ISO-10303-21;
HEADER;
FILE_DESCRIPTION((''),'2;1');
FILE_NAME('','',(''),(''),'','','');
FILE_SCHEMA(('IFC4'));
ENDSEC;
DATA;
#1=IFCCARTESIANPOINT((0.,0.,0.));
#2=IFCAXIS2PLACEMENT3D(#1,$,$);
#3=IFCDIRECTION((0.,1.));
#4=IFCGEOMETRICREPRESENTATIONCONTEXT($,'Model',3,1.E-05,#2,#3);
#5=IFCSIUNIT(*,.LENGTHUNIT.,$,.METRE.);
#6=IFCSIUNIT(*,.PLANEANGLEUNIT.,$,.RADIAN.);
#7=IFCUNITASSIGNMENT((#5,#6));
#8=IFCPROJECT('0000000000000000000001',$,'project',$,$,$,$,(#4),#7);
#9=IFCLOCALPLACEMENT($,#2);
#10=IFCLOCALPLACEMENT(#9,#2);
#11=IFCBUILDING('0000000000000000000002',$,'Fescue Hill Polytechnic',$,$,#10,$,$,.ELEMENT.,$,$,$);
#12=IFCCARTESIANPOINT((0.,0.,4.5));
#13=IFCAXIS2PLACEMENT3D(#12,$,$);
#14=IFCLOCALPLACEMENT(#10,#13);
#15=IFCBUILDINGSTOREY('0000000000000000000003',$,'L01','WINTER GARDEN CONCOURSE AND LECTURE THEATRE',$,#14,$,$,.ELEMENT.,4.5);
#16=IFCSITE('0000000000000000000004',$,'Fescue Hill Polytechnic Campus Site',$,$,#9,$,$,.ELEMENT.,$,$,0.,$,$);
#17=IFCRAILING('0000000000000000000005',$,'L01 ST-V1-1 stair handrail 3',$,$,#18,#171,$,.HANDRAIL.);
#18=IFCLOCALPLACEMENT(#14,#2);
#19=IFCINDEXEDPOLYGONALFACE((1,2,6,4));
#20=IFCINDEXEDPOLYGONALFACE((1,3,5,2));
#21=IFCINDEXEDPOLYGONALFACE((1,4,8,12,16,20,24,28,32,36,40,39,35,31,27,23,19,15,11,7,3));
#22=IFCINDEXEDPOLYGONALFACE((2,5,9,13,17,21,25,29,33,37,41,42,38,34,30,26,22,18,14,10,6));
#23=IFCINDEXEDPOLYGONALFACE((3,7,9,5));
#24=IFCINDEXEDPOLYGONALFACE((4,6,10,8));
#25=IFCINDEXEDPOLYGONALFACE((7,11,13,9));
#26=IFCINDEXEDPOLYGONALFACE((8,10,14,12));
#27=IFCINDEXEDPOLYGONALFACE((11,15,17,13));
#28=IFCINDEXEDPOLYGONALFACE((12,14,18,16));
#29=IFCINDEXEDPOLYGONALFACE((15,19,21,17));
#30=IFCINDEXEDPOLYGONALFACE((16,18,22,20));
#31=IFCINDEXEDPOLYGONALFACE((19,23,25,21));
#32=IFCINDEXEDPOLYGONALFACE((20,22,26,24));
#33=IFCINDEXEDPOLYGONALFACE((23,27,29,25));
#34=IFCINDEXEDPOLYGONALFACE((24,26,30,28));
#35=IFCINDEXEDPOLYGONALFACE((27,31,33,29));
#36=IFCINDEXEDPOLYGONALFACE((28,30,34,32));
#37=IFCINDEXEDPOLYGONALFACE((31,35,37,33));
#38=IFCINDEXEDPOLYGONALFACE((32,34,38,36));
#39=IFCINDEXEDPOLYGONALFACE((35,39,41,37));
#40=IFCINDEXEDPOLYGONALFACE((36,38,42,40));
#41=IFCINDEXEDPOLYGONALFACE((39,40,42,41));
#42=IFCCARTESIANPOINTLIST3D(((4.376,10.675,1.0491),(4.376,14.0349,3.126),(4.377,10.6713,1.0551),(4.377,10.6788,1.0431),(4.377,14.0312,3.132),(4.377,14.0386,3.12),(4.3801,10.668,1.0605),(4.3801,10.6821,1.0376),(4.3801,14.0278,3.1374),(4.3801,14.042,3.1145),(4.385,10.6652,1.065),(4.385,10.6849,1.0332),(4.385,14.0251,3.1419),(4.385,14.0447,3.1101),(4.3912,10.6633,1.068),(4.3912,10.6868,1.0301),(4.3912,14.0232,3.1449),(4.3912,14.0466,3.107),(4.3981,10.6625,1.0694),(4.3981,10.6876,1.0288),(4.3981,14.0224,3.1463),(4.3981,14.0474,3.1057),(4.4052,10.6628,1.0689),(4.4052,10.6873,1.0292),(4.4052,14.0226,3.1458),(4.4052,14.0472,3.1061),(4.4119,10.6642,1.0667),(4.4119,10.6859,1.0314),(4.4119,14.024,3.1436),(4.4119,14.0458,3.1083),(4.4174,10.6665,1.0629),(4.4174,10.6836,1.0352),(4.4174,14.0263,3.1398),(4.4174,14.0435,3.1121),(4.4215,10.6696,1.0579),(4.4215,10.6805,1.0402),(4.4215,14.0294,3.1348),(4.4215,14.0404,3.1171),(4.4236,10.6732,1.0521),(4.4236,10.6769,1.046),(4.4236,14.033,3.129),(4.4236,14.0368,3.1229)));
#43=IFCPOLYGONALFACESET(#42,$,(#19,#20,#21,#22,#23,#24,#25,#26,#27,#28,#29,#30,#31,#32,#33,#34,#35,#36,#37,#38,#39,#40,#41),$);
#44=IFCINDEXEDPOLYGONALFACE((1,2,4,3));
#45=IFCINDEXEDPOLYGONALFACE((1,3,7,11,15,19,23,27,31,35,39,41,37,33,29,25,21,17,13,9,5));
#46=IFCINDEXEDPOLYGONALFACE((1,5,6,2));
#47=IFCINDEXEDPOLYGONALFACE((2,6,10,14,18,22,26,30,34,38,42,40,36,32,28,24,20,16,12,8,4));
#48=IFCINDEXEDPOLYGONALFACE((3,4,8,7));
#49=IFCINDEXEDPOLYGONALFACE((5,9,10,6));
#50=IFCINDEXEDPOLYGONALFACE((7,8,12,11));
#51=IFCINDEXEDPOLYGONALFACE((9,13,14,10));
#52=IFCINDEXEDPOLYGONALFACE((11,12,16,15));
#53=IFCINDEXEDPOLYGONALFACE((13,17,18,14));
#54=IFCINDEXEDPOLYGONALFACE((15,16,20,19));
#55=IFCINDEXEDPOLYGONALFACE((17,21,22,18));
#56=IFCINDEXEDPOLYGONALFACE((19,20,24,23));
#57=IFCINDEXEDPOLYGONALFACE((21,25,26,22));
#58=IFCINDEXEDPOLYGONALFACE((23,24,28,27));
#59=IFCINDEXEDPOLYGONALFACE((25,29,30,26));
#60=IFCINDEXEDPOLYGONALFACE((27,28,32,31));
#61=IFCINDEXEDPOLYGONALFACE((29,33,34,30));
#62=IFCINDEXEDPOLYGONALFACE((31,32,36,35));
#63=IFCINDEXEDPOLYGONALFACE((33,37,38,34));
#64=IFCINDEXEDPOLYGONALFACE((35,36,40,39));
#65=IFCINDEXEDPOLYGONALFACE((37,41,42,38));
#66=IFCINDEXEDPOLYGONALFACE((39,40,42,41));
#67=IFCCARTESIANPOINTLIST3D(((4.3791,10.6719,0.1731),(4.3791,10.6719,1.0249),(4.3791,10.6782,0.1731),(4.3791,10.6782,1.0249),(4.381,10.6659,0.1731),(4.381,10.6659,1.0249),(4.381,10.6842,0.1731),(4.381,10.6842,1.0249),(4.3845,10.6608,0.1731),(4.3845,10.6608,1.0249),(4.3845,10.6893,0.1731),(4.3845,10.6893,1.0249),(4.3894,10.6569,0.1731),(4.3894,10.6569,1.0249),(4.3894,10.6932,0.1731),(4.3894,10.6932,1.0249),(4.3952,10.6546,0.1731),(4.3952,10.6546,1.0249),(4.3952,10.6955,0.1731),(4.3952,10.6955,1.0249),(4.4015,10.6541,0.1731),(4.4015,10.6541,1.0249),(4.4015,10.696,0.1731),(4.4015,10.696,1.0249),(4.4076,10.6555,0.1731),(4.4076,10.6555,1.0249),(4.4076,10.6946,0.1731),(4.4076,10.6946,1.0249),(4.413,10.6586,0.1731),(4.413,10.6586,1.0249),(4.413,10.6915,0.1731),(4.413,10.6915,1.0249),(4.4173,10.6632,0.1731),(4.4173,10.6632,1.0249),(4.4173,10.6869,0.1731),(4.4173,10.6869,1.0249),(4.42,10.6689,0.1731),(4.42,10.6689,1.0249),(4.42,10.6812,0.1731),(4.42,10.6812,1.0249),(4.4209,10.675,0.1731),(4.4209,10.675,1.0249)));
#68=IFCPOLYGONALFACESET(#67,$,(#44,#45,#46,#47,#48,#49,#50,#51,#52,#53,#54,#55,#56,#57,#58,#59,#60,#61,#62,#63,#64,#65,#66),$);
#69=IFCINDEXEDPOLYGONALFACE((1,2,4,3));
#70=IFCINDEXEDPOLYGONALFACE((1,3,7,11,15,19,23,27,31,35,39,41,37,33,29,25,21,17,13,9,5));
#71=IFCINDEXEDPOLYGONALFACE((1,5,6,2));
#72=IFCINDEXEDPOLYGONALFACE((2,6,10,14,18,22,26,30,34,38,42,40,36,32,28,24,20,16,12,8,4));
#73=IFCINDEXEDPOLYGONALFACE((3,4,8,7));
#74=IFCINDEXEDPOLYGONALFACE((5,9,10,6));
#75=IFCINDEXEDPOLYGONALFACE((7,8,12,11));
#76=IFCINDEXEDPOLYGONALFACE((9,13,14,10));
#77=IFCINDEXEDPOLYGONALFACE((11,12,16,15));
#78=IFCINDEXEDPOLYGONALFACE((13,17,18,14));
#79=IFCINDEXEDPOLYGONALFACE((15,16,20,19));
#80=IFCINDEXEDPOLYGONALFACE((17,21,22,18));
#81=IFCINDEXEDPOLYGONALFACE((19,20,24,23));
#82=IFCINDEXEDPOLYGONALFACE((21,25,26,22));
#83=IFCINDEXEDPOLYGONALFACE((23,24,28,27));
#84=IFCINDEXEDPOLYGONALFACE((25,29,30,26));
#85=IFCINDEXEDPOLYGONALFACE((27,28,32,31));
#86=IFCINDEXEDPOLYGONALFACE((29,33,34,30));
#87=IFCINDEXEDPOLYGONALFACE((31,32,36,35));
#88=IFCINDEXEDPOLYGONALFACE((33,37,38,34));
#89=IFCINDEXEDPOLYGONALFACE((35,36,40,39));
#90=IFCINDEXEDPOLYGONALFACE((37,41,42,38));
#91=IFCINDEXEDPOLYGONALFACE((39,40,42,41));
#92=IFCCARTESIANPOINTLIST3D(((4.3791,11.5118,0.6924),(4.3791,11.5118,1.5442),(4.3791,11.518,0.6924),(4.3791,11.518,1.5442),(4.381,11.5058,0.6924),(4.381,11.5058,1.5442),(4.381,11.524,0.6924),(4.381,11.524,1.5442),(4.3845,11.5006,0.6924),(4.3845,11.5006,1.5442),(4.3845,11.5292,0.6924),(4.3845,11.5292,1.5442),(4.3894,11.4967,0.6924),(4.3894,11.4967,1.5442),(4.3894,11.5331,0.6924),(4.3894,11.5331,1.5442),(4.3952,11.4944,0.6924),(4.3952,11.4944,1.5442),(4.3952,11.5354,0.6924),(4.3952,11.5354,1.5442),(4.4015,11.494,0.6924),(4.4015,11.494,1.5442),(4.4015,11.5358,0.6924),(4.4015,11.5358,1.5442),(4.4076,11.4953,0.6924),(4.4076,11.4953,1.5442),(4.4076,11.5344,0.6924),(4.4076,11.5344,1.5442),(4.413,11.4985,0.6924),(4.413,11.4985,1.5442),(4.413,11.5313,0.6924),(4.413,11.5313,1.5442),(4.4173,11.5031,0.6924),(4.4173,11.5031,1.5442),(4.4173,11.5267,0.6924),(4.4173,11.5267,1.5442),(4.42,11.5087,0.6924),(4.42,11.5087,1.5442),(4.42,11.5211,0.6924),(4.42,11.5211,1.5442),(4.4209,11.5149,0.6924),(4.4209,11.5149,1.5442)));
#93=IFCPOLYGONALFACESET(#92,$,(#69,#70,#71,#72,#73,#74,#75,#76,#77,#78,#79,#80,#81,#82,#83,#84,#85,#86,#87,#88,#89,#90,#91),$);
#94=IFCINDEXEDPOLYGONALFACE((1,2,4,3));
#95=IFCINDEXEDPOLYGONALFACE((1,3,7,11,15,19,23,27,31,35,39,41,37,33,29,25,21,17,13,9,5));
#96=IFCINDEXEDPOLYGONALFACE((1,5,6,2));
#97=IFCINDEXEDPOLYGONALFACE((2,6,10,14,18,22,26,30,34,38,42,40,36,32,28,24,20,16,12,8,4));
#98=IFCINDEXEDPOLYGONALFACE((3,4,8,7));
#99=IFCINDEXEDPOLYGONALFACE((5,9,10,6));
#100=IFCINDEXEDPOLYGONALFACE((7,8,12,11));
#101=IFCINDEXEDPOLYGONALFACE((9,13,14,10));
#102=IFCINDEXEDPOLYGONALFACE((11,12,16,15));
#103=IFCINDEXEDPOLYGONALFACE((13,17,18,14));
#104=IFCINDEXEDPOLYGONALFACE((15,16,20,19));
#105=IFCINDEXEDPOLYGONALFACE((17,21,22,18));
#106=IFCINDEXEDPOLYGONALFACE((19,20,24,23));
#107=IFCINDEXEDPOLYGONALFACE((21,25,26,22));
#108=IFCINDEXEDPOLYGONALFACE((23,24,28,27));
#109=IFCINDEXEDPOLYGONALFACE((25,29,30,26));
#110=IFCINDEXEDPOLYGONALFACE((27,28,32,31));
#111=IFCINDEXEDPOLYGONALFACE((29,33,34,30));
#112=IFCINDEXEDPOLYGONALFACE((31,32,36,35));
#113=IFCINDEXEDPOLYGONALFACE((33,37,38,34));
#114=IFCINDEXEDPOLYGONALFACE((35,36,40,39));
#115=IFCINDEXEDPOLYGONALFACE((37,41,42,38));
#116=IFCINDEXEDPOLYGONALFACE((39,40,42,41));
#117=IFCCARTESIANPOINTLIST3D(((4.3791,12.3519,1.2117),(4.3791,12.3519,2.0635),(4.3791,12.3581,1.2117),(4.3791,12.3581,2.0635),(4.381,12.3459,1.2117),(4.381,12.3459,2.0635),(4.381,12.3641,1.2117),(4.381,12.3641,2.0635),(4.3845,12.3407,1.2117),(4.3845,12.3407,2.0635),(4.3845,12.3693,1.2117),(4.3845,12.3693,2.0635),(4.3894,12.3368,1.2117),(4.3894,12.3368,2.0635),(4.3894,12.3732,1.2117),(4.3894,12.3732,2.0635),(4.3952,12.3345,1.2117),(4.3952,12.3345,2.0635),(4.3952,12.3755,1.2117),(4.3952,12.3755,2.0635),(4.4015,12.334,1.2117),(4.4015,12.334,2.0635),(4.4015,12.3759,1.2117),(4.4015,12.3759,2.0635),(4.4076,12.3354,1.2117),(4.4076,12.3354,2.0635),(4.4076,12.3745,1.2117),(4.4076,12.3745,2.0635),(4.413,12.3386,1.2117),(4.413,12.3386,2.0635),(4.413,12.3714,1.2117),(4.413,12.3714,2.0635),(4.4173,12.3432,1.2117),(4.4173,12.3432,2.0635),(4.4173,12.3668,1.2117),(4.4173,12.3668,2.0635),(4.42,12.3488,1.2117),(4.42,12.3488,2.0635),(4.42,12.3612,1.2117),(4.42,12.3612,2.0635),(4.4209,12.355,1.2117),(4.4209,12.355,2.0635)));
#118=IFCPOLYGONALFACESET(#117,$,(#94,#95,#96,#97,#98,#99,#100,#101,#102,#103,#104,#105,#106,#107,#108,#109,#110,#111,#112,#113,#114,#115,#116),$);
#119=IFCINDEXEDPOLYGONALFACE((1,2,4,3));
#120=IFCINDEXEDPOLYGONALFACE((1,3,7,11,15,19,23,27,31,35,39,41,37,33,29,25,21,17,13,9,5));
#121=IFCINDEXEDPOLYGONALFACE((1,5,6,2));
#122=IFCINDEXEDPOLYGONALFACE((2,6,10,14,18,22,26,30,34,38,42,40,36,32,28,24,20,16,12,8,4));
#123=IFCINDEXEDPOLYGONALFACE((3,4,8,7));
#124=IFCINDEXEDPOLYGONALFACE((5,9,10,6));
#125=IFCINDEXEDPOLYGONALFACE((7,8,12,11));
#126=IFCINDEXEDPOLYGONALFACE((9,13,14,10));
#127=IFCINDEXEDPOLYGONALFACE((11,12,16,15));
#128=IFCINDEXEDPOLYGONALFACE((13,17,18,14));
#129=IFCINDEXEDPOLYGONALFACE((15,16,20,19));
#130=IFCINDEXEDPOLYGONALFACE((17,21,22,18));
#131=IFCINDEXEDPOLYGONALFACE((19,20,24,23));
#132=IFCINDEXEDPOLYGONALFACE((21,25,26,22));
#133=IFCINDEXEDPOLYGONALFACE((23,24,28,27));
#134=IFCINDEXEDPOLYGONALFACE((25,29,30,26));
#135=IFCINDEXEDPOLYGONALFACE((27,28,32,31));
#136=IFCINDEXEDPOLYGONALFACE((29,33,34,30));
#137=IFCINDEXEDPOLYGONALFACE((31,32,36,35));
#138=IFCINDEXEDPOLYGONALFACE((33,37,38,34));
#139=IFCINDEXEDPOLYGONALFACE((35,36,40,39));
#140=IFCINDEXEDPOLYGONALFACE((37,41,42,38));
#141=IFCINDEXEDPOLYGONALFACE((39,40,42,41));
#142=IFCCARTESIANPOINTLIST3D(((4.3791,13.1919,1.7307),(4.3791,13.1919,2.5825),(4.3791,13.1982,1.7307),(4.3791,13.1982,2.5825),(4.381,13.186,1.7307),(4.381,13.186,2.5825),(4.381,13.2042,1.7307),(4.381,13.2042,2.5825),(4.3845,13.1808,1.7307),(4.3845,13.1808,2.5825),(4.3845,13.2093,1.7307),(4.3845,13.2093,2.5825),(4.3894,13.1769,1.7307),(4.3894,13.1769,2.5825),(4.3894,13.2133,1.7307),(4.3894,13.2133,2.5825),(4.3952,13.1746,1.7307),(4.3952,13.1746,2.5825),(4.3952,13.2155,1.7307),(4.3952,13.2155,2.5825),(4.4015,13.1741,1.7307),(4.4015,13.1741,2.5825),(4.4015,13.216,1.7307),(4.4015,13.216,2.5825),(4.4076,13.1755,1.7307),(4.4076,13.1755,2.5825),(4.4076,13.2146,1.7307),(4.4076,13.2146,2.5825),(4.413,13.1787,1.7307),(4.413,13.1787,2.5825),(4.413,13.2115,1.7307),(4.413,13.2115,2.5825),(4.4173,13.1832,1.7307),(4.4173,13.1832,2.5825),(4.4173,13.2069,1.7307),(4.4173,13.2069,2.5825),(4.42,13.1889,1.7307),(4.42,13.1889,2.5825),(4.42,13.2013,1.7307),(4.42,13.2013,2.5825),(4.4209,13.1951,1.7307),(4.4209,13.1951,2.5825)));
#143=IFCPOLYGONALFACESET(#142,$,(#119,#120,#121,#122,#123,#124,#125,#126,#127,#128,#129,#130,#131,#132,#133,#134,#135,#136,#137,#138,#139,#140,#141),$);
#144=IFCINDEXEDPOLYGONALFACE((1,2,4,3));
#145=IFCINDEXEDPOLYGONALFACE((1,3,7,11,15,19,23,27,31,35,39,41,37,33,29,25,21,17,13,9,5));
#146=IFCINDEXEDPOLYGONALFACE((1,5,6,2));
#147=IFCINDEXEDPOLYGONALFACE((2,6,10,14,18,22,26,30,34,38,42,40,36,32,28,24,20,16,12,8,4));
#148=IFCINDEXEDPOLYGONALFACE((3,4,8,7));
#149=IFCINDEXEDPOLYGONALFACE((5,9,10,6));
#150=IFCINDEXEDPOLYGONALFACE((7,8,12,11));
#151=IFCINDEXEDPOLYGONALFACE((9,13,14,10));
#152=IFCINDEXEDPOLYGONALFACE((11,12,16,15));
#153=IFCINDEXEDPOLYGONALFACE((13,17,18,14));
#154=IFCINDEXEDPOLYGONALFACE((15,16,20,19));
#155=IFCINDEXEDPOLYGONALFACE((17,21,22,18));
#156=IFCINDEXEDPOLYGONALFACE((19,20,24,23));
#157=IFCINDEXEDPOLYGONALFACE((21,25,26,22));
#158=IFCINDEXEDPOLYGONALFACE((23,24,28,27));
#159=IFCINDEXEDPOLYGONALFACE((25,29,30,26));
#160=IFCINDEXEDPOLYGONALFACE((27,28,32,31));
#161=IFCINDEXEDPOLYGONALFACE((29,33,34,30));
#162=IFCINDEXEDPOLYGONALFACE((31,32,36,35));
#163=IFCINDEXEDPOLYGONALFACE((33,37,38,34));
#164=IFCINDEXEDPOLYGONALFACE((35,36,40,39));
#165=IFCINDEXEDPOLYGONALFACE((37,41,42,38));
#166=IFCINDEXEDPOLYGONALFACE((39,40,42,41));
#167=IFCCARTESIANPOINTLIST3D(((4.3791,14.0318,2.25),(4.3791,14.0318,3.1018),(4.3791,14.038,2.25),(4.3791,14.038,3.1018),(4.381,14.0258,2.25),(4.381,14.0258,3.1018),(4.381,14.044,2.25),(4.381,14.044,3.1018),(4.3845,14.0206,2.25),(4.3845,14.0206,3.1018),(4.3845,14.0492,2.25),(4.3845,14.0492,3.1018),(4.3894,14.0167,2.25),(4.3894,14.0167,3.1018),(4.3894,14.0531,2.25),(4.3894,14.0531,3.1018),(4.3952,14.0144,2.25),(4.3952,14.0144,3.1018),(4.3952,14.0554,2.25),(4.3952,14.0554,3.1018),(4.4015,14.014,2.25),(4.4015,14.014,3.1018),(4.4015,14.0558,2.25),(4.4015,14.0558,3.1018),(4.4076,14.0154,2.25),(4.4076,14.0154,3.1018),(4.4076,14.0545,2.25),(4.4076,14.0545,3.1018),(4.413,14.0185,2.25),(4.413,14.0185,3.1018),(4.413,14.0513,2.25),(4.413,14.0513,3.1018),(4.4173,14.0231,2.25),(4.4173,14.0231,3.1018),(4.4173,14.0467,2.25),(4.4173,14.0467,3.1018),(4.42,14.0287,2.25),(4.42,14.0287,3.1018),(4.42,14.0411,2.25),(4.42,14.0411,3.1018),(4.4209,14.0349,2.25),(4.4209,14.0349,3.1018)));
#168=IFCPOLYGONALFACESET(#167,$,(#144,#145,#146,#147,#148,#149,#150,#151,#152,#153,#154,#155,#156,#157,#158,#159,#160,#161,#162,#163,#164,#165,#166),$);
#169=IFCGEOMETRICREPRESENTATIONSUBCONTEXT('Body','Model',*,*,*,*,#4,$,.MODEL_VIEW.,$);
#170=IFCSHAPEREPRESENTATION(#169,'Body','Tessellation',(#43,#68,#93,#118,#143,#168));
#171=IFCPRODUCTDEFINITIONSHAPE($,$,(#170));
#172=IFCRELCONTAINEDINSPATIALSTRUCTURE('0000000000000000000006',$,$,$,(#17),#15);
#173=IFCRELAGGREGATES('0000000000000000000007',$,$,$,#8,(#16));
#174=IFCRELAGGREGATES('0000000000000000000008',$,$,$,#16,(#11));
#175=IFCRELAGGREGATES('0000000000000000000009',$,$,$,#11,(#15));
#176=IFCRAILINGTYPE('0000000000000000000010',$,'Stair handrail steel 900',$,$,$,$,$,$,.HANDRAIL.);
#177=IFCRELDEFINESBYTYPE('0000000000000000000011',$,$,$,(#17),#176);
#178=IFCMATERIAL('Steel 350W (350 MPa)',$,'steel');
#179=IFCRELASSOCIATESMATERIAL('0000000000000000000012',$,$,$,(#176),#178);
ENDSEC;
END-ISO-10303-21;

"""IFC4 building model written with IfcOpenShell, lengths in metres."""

from ifc_helpers import new_model, si_unit, direction, frame, origin, origin_2d, place, context, subcontext, project, spatial, circle, extrude, material, type_object, element, save


model = new_model("IFC4")

# Units and contexts
model_context = context("Model", 3, precision=1e-05, world=origin(), true_north=direction((0.0, 1.0)))
body_context = subcontext(model_context, "Body", "Model", "MODEL_VIEW")
ifc_project = project(units=[si_unit("LENGTHUNIT", "METRE"), si_unit("PLANEANGLEUNIT", "RADIAN")], contexts=[model_context])

# Site, building, storey
site_placement = place(None, origin())
site = spatial("IfcSite", under=ifc_project, at=site_placement, Name="Fescue Hill Polytechnic Campus Site", CompositionType="ELEMENT", RefElevation=0.0)
building_placement = place(site_placement, origin())
building = spatial("IfcBuilding", under=site, at=building_placement, Name="Fescue Hill Polytechnic", CompositionType="ELEMENT")
storey_placement = place(building_placement, frame((0.0, 0.0, 4.5)))
storey = spatial("IfcBuildingStorey", under=building, at=storey_placement, Name="L01", Description="WINTER GARDEN CONCOURSE AND LECTURE THEATRE", CompositionType="ELEMENT", Elevation=4.5)

# Shared definitions
ifc_material_1 = material(Name="Steel 350W (350 MPa)", Category="steel")

# Railing
railing_type_1 = type_object("IfcRailingType", Name="Stair handrail steel 900", PredefinedType="HANDRAIL", material=ifc_material_1)
for number, where, name in (
    (1, (4.3999, 10.675, 0.1731), "L01 ST-V1-1 stair handrail 3"),
):
    element("IfcRailing", number, at=place(storey_placement, frame(where)), inside=storey, type_object=railing_type_1, Name=name, PredefinedType="HANDRAIL", context=body_context, shape_type="SweptSolid", body=[
        extrude(circle(Radius=0.0239, at=origin_2d()), frame((0.0, 0.0, 0.876), z_axis=(0.0, 0.850606, 0.525803), x_axis=(-1.0, 0.0, 0.0)), (0.0, 0.0, 1.0), 3.95),
        extrude(circle(Radius=0.021, at=origin_2d()), origin(), (0.0, 0.0, 1.0), 0.8518),
        extrude(circle(Radius=0.021, at=origin_2d()), frame((0.0, 0.8398, 0.5193)), (0.0, 0.0, 1.0), 0.8518),
        extrude(circle(Radius=0.021, at=origin_2d()), frame((0.0, 1.6799, 1.0386)), (0.0, 0.0, 1.0), 0.8518),
        extrude(circle(Radius=0.021, at=origin_2d()), frame((0.0, 2.52, 1.5576)), (0.0, 0.0, 1.0), 0.8518),
        extrude(circle(Radius=0.021, at=origin_2d()), frame((0.0, 3.3599, 2.0769)), (0.0, 0.0, 1.0), 0.8518),
    ])

save(model, "model.ifc")
